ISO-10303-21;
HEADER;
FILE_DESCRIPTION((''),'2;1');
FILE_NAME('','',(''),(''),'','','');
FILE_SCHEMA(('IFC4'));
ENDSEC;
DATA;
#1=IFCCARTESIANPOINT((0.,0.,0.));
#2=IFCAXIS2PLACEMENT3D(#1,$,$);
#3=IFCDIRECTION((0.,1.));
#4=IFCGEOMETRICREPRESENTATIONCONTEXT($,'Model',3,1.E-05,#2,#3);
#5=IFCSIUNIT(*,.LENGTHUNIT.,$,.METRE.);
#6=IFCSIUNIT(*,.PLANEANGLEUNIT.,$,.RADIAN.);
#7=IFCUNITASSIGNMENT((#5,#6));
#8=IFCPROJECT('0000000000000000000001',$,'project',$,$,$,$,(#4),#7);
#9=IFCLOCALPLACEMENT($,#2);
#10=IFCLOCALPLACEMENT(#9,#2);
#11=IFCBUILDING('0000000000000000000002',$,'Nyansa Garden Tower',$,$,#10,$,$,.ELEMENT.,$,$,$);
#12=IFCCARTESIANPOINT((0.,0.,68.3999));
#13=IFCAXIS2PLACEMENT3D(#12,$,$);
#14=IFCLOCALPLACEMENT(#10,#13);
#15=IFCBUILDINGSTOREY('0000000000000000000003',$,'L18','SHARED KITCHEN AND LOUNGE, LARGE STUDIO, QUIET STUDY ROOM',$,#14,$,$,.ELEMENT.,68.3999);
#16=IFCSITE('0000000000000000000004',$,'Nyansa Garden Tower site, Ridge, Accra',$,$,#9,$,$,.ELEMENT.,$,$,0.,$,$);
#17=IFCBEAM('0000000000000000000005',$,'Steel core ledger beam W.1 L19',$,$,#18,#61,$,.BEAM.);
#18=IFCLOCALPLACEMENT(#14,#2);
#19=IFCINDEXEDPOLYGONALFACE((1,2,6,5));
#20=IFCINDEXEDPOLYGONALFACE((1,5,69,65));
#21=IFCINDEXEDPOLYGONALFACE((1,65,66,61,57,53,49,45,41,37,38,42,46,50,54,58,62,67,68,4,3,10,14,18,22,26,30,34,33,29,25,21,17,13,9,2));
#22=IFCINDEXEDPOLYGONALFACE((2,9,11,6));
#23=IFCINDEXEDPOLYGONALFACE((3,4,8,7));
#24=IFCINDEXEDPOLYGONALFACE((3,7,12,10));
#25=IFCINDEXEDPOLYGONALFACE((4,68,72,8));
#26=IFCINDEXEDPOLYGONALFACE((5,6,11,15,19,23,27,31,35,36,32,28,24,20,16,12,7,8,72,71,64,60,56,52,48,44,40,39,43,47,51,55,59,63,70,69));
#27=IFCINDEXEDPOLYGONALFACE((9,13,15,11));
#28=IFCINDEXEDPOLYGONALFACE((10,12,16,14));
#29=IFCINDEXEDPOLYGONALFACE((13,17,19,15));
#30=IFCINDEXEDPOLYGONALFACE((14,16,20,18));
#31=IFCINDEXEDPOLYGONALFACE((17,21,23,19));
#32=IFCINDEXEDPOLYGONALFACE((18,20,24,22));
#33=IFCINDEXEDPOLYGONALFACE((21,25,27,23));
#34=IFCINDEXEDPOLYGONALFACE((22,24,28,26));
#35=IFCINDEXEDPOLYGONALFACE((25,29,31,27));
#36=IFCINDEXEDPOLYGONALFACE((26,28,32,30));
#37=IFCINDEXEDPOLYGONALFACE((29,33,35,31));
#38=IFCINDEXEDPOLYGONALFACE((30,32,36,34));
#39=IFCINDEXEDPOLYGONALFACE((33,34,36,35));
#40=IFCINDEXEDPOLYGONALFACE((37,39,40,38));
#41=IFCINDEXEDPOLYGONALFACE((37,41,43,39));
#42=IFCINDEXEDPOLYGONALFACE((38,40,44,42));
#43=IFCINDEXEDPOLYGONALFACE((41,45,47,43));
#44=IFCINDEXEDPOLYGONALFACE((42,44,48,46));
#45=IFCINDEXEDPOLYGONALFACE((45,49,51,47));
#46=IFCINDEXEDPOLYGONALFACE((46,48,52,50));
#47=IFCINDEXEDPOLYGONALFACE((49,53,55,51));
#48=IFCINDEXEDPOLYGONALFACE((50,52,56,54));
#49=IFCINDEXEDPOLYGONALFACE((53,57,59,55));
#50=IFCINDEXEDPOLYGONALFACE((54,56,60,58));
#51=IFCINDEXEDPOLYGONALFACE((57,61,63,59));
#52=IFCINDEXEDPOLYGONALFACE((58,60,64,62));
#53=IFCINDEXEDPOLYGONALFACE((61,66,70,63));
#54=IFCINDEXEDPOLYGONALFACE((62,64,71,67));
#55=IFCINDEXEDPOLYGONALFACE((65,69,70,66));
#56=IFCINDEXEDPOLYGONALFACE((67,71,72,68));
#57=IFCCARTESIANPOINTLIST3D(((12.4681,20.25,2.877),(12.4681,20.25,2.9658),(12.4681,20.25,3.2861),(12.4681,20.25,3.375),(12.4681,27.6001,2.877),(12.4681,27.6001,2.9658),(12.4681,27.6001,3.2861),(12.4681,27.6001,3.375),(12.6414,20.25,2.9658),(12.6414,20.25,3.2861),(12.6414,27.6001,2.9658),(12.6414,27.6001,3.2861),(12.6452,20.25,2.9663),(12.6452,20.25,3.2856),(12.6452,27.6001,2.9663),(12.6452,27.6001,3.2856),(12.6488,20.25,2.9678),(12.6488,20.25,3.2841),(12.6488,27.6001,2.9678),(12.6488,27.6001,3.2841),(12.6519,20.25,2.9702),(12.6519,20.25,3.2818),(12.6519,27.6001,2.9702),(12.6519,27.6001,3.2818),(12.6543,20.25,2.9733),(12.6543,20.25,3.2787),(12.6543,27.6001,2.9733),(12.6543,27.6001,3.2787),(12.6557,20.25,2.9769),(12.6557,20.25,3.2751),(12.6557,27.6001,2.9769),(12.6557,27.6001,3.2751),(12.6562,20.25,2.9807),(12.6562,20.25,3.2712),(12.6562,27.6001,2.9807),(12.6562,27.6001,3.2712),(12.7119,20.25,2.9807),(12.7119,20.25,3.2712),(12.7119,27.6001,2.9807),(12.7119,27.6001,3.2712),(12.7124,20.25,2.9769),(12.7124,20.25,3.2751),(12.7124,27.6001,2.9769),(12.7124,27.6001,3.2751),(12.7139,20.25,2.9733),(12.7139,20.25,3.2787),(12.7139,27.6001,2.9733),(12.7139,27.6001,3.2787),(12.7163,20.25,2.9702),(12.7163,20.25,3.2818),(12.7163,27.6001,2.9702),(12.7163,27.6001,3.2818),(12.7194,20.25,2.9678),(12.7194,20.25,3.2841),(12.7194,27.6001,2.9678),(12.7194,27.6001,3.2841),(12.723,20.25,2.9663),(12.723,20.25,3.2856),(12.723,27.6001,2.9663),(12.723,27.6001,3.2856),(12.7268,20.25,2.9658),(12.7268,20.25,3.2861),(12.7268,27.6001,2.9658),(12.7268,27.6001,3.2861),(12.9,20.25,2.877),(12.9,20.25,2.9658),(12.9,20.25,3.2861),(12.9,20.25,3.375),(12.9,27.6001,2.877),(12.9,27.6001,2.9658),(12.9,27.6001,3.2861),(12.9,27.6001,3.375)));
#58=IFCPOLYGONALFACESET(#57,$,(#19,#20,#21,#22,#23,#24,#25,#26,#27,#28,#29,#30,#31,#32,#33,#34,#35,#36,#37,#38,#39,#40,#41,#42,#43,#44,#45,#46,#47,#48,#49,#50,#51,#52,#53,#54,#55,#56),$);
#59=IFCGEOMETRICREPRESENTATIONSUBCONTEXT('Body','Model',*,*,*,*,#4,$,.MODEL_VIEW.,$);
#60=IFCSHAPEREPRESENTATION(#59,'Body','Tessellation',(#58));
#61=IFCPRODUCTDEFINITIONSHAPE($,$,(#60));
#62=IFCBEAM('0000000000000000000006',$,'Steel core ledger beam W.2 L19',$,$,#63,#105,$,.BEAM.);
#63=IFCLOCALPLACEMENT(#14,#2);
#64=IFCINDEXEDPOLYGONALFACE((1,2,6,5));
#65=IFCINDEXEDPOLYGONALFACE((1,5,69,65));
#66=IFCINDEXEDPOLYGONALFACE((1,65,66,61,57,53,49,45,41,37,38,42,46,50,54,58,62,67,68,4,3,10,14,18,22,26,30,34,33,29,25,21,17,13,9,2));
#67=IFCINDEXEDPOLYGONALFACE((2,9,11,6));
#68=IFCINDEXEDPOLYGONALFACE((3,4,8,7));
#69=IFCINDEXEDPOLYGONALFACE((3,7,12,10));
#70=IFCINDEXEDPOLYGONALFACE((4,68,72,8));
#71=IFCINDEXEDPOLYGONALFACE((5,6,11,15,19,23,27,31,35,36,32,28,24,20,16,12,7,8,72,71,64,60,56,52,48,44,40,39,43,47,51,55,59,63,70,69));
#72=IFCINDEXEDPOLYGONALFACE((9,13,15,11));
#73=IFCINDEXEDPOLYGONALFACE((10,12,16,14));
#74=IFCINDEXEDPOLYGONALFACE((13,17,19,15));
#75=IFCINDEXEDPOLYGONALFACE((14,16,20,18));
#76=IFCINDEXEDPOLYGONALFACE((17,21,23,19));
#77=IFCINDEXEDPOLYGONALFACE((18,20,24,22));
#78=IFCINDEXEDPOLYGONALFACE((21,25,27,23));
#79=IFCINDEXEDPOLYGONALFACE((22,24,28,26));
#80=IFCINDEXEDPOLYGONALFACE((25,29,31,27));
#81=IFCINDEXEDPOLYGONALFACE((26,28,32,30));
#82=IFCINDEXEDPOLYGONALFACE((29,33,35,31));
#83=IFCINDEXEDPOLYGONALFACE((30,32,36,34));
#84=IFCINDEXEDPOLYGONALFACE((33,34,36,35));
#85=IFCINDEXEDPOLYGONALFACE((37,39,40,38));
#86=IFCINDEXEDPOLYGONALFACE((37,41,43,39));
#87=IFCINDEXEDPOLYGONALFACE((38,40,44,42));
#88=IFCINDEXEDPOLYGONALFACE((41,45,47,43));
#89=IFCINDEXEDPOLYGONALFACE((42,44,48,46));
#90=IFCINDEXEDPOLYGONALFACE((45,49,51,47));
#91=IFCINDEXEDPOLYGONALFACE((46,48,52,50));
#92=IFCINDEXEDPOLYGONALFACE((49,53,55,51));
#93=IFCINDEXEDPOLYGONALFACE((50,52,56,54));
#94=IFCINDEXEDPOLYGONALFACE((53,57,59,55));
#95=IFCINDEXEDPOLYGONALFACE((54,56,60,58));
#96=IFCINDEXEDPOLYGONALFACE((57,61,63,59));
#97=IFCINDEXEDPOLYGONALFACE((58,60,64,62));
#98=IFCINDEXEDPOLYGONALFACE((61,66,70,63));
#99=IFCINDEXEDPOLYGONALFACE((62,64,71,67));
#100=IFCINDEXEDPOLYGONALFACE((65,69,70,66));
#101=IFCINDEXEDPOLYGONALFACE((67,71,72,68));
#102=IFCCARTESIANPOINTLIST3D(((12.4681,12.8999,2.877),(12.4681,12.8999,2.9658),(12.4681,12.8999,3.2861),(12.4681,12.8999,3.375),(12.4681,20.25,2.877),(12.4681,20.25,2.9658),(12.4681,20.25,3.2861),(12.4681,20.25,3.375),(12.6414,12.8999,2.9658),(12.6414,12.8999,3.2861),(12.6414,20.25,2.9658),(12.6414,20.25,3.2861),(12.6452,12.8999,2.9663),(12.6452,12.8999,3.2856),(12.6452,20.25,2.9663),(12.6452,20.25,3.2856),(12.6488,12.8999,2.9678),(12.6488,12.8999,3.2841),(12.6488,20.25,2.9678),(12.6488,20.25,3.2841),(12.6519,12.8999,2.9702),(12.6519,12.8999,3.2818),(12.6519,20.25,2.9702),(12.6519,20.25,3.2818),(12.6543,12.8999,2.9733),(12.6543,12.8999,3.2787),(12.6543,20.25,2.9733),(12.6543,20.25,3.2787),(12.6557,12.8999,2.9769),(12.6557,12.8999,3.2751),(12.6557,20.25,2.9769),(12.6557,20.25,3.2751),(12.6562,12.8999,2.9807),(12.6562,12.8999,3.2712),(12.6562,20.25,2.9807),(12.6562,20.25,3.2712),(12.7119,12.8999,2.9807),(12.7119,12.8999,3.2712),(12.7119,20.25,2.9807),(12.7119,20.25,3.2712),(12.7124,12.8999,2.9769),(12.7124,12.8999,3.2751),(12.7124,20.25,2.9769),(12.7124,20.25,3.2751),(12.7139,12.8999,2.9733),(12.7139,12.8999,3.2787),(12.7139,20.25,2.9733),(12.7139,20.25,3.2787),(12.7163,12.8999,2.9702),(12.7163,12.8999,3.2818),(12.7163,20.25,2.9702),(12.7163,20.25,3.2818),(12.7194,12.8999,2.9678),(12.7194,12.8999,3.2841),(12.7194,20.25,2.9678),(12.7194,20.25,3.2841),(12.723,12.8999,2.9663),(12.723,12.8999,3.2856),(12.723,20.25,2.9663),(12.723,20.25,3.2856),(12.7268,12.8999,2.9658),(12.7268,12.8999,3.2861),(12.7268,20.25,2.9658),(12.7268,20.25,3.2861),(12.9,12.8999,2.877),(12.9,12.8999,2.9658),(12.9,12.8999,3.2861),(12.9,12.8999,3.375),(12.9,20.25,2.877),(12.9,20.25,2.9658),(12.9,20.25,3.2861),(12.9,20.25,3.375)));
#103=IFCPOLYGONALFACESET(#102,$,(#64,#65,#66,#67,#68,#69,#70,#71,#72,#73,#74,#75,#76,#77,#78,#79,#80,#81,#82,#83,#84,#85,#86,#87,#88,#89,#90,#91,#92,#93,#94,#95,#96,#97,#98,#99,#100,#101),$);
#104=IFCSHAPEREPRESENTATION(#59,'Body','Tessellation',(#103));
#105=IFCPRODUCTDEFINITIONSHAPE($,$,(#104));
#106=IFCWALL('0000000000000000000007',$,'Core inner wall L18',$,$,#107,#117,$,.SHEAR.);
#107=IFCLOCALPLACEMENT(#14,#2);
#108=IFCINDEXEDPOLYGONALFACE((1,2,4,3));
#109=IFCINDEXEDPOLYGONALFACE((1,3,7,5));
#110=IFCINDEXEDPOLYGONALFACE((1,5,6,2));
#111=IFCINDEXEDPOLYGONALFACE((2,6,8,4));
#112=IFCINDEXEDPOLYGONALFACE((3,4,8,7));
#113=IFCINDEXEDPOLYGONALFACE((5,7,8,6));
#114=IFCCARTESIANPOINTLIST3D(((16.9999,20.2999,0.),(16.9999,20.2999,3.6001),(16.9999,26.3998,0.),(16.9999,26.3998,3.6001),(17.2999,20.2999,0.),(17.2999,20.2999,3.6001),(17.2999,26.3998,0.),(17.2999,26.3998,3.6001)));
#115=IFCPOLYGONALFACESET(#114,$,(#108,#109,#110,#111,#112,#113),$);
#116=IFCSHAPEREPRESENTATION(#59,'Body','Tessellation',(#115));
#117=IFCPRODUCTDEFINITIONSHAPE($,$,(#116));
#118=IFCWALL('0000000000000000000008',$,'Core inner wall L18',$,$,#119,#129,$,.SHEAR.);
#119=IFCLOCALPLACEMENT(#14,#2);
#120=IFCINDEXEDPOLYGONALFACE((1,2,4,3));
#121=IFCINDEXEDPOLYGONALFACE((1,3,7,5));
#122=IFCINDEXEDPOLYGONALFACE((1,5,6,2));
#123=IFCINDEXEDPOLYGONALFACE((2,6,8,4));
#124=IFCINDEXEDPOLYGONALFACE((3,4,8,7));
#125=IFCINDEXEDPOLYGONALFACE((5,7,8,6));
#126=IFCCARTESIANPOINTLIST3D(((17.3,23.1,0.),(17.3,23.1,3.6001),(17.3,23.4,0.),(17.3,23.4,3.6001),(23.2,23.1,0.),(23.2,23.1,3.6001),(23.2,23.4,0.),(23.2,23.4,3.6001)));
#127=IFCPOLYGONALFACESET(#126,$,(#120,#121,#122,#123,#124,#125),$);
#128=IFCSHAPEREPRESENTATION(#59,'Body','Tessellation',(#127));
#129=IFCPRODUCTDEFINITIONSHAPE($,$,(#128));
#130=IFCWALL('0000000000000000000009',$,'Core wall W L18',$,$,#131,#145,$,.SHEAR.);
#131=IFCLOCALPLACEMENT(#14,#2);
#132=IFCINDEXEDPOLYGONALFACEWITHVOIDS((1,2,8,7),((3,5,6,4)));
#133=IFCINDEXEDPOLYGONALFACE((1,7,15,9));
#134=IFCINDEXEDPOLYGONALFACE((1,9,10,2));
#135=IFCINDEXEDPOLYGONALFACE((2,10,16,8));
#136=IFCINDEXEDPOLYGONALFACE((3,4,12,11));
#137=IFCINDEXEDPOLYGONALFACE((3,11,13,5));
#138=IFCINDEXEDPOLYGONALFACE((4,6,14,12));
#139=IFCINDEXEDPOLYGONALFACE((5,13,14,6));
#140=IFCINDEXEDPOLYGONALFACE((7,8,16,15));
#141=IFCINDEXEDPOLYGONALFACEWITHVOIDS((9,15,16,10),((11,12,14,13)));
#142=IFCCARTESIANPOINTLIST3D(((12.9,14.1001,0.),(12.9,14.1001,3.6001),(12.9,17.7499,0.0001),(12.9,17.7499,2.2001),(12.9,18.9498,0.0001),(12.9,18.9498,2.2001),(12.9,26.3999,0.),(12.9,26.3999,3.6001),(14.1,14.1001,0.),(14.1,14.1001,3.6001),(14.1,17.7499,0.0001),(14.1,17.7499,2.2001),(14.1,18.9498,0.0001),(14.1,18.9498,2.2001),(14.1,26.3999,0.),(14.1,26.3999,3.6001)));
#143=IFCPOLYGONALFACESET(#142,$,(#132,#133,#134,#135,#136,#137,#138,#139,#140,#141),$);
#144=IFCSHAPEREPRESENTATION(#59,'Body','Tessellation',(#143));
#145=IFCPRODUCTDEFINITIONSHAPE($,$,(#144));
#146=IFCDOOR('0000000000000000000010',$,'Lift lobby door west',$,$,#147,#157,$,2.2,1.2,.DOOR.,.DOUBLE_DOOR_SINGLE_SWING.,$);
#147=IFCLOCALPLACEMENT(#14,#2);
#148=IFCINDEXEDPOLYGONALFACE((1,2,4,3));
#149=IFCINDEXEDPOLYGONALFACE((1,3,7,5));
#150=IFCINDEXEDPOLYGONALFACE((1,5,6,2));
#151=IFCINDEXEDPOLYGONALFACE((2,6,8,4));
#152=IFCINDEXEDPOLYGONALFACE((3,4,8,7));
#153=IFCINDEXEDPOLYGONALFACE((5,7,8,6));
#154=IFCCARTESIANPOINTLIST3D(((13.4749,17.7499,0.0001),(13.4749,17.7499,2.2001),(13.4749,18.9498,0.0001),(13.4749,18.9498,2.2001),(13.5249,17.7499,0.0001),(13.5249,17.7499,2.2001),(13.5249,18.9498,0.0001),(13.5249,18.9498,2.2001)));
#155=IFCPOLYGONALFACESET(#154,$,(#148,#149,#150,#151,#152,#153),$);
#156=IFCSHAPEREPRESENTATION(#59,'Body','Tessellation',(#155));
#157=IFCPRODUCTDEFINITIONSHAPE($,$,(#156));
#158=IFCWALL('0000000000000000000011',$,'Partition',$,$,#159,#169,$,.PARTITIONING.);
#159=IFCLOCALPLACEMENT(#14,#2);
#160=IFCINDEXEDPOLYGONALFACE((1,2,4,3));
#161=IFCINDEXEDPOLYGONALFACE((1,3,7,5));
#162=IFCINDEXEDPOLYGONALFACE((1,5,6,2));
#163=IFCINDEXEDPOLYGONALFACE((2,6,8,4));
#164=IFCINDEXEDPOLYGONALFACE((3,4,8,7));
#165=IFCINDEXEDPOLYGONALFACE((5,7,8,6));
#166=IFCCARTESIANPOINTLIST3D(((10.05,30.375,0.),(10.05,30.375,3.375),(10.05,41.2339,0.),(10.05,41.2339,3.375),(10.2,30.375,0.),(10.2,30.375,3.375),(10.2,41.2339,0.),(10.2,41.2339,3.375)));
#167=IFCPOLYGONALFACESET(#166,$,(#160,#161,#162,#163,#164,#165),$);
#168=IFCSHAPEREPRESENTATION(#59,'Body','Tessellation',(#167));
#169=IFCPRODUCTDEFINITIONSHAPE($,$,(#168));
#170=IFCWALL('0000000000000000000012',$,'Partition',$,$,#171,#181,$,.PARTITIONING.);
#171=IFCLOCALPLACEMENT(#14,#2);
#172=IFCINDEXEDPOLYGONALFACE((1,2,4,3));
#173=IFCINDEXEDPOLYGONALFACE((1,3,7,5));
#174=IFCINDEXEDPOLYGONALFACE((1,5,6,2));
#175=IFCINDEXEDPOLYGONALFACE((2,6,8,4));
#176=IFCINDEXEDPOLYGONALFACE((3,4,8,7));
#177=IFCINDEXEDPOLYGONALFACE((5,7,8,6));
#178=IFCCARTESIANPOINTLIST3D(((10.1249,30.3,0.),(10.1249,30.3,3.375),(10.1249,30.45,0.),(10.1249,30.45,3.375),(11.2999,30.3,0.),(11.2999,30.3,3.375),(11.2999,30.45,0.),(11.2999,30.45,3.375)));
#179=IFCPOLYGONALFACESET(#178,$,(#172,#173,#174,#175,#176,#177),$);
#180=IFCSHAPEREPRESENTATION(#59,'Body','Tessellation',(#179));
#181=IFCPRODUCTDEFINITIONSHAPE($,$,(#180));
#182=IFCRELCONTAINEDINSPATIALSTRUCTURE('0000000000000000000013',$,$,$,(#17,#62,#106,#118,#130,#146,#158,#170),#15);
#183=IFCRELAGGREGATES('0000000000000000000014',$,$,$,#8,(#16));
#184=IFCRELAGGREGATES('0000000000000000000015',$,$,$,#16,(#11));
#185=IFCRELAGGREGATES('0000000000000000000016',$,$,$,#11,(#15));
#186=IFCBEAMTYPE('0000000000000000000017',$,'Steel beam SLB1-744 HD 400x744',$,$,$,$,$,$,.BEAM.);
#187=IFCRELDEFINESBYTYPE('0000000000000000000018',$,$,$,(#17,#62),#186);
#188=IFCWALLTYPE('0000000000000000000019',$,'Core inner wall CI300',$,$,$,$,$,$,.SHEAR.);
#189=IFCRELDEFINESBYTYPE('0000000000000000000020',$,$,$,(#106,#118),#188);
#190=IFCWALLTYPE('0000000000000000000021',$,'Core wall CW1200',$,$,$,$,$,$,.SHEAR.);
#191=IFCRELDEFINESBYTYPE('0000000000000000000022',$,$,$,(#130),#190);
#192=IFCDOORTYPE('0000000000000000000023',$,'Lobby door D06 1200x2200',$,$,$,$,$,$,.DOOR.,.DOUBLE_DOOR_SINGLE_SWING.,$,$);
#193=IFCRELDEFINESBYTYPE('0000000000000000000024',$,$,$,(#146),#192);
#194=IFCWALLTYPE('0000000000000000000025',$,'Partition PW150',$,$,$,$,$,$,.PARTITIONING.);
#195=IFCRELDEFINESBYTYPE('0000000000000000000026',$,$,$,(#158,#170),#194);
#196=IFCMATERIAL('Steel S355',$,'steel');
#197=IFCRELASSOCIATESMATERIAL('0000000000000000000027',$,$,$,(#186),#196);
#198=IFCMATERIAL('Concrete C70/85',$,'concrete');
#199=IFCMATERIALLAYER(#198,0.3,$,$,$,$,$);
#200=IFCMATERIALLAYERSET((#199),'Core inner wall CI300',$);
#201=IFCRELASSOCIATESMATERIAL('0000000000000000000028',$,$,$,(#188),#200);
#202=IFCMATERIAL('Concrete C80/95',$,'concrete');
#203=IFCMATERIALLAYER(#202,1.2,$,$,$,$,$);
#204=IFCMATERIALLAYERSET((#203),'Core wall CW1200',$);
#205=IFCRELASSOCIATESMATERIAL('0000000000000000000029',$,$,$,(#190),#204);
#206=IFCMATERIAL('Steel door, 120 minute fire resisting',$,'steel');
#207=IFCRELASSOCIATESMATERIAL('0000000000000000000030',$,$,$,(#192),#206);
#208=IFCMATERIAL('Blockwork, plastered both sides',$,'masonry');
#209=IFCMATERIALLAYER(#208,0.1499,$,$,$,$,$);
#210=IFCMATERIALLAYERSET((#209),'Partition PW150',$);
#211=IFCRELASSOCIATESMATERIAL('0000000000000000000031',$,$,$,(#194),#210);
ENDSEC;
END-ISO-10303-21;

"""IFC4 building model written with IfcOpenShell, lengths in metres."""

from ifc_helpers import new_model, si_unit, direction, frame, frame_2d, origin, origin_2d, place, context, subcontext, project, spatial, rectangle, i_section, extrude, material, layer, layer_set, material_profile, profile_set, type_object, element, fill, save


model = new_model("IFC4")

# Units and contexts
model_context = context("Model", 3, precision=1e-05, world=origin(), true_north=direction((0.0, 1.0)))
body_context = subcontext(model_context, "Body", "Model", "MODEL_VIEW")
ifc_project = project(units=[si_unit("LENGTHUNIT", "METRE"), si_unit("PLANEANGLEUNIT", "RADIAN")], contexts=[model_context])

# Site, building, storey
site_placement = place(None, origin())
site = spatial("IfcSite", under=ifc_project, at=site_placement, Name="Nyansa Garden Tower site, Ridge, Accra", CompositionType="ELEMENT", RefElevation=0.0)
building_placement = place(site_placement, origin())
building = spatial("IfcBuilding", under=site, at=building_placement, Name="Nyansa Garden Tower", CompositionType="ELEMENT")
storey_placement = place(building_placement, frame((0.0, 0.0, 68.3999)))
storey = spatial("IfcBuildingStorey", under=building, at=storey_placement, Name="L18", Description="SHARED KITCHEN AND LOUNGE, LARGE STUDIO, QUIET STUDY ROOM", CompositionType="ELEMENT", Elevation=68.3999)

# Beams
ifc_material_1 = material(Name="Steel S355", Category="steel")
ifc_material_profile_1 = material_profile(ifc_material_1, i_section(OverallWidth=0.4319, OverallDepth=0.498, WebThickness=0.0557, FlangeThickness=0.0889, FilletRadius=0.0149, at=origin_2d()), Name="HD 400x744")
ifc_profile_set_1 = profile_set([ifc_material_profile_1], Name="Steel S355")
beam_type_1 = type_object("IfcBeamType", Name="Steel beam SLB1-744 HD 400x744", PredefinedType="BEAM", material=ifc_profile_set_1)
for number, where, z_axis, x_axis, name in (
    (1, (12.6841, 27.6001, 3.126), (0.0, -1.0, 0.0), (1.0, 0.0, 0.0), "Steel core ledger beam W.1 L19"),
    (2, (12.6841, 20.25, 3.126), (0.0, -1.0, 0.0), (1.0, 0.0, 0.0), "Steel core ledger beam W.2 L19"),
):
    element("IfcBeam", number, at=place(storey_placement, frame(where, z_axis=z_axis, x_axis=x_axis)), inside=storey, type_object=beam_type_1, Name=name, PredefinedType="BEAM", context=body_context, shape_type="SweptSolid", body=[
        extrude(i_section(OverallWidth=0.4319, OverallDepth=0.498, WebThickness=0.0557, FlangeThickness=0.0889, FilletRadius=0.0149, at=origin_2d()), origin(), (0.0, 0.0, 1.0), 7.3501),
    ])

# Walls
ifc_material_2 = material(Name="Concrete C70/85", Category="concrete")
ifc_layer_1 = layer(ifc_material_2, 0.3)
ifc_layer_set_1 = layer_set([ifc_layer_1], Name="Core inner wall CI300")
wall_type_1 = type_object("IfcWallType", Name="Core inner wall CI300", PredefinedType="SHEAR", material=ifc_layer_set_1)
wall_1_placement = place(storey_placement, frame((17.1499, 20.3, 0.0), z_axis=(0.0, 0.0, 1.0), x_axis=(0.0, 1.0, 0.0)))
element("IfcWall", 3, at=wall_1_placement, inside=storey, type_object=wall_type_1, Name="Core inner wall L18", PredefinedType="SHEAR", context=body_context, shape_type="SweptSolid", body=[
    extrude(rectangle(XDim=6.0999, YDim=0.3, at=frame_2d((3.0498, 0.0))), origin(), (0.0, 0.0, 1.0), 3.6001),
])
wall_2_placement = place(storey_placement, frame((17.3, 23.25, 0.0), z_axis=(0.0, 0.0, 1.0), x_axis=(1.0, 0.0, 0.0)))
element("IfcWall", 4, at=wall_2_placement, inside=storey, type_object=wall_type_1, Name="Core inner wall L18", PredefinedType="SHEAR", context=body_context, shape_type="SweptSolid", body=[
    extrude(rectangle(XDim=5.8999, YDim=0.3, at=frame_2d((2.95, 0.0))), origin(), (0.0, 0.0, 1.0), 3.6001),
])

# Wall, opening, door
ifc_material_3 = material(Name="Concrete C80/95", Category="concrete")
ifc_layer_2 = layer(ifc_material_3, 1.2)
ifc_layer_set_2 = layer_set([ifc_layer_2], Name="Core wall CW1200")
wall_type_2 = type_object("IfcWallType", Name="Core wall CW1200", PredefinedType="SHEAR", material=ifc_layer_set_2)
wall_3_placement = place(storey_placement, frame((13.5, 26.3999, 0.0), z_axis=(0.0, 0.0, 1.0), x_axis=(0.0, -1.0, 0.0)))
wall_3 = element("IfcWall", 5, at=wall_3_placement, inside=storey, type_object=wall_type_2, Name="Core wall W L18", PredefinedType="SHEAR", context=body_context, shape_type="SweptSolid", body=[
    extrude(rectangle(XDim=12.2998, YDim=1.2, at=frame_2d((6.1499, 0.0))), origin(), (0.0, 0.0, 1.0), 3.6001),
])
opening_1_placement = place(wall_3_placement, frame((7.45, 0.0, 0.0)))
opening_1 = element("IfcOpeningElement", 6, at=opening_1_placement, cuts=wall_3, PredefinedType="OPENING", context=body_context, shape_type="SweptSolid", body=[
    extrude(rectangle(XDim=1.2, YDim=2.2, at=frame_2d((0.6001, 1.1001))), frame((0.0, 0.6099, 0.0), z_axis=(0.0, -1.0, 0.0), x_axis=(1.0, 0.0, 0.0)), (0.0, 0.0, 1.0), 1.22),
])
ifc_material_4 = material(Name="Steel door, 120 minute fire resisting", Category="steel")
door_type_1 = type_object("IfcDoorType", Name="Lobby door D06 1200x2200", OperationType="DOUBLE_DOOR_SINGLE_SWING", PredefinedType="DOOR", material=ifc_material_4)
door_1_placement = place(opening_1_placement, origin())
door_1 = element("IfcDoor", 7, at=door_1_placement, inside=storey, type_object=door_type_1, Name="Lift lobby door west", OperationType="DOUBLE_DOOR_SINGLE_SWING", OverallHeight=2.2, OverallWidth=1.2, PredefinedType="DOOR", context=body_context, shape_type="SweptSolid", body=[
    extrude(rectangle(XDim=1.2, YDim=2.2, at=frame_2d((0.6001, 1.1001))), frame((0.0, 0.0249, 0.0), z_axis=(0.0, -1.0, 0.0), x_axis=(1.0, 0.0, 0.0)), (0.0, 0.0, 1.0), 0.05),
])
fill(opening_1, door_1)

# Walls
ifc_material_5 = material(Name="Blockwork, plastered both sides", Category="masonry")
ifc_layer_3 = layer(ifc_material_5, 0.1499)
ifc_layer_set_3 = layer_set([ifc_layer_3], Name="Partition PW150")
wall_type_3 = type_object("IfcWallType", Name="Partition PW150", PredefinedType="PARTITIONING", material=ifc_layer_set_3)
wall_4_placement = place(storey_placement, frame((10.125, 30.375, 0.0), z_axis=(0.0, 0.0, 1.0), x_axis=(0.0, 1.0, 0.0)))
element("IfcWall", 8, at=wall_4_placement, inside=storey, type_object=wall_type_3, Name="Partition", PredefinedType="PARTITIONING", context=body_context, shape_type="SweptSolid", body=[
    extrude(rectangle(XDim=10.8589, YDim=0.1499, at=frame_2d((5.4294, 0.0))), origin(), (0.0, 0.0, 1.0), 3.375),
])
wall_5_placement = place(storey_placement, frame((10.125, 30.375, 0.0), z_axis=(0.0, 0.0, 1.0), x_axis=(1.0, 0.0, 0.0)))
element("IfcWall", 9, at=wall_5_placement, inside=storey, type_object=wall_type_3, Name="Partition", PredefinedType="PARTITIONING", context=body_context, shape_type="SweptSolid", body=[
    extrude(rectangle(XDim=1.175, YDim=0.1499, at=frame_2d((0.5874, 0.0))), origin(), (0.0, 0.0, 1.0), 3.375),
])

save(model, "model.ifc")
